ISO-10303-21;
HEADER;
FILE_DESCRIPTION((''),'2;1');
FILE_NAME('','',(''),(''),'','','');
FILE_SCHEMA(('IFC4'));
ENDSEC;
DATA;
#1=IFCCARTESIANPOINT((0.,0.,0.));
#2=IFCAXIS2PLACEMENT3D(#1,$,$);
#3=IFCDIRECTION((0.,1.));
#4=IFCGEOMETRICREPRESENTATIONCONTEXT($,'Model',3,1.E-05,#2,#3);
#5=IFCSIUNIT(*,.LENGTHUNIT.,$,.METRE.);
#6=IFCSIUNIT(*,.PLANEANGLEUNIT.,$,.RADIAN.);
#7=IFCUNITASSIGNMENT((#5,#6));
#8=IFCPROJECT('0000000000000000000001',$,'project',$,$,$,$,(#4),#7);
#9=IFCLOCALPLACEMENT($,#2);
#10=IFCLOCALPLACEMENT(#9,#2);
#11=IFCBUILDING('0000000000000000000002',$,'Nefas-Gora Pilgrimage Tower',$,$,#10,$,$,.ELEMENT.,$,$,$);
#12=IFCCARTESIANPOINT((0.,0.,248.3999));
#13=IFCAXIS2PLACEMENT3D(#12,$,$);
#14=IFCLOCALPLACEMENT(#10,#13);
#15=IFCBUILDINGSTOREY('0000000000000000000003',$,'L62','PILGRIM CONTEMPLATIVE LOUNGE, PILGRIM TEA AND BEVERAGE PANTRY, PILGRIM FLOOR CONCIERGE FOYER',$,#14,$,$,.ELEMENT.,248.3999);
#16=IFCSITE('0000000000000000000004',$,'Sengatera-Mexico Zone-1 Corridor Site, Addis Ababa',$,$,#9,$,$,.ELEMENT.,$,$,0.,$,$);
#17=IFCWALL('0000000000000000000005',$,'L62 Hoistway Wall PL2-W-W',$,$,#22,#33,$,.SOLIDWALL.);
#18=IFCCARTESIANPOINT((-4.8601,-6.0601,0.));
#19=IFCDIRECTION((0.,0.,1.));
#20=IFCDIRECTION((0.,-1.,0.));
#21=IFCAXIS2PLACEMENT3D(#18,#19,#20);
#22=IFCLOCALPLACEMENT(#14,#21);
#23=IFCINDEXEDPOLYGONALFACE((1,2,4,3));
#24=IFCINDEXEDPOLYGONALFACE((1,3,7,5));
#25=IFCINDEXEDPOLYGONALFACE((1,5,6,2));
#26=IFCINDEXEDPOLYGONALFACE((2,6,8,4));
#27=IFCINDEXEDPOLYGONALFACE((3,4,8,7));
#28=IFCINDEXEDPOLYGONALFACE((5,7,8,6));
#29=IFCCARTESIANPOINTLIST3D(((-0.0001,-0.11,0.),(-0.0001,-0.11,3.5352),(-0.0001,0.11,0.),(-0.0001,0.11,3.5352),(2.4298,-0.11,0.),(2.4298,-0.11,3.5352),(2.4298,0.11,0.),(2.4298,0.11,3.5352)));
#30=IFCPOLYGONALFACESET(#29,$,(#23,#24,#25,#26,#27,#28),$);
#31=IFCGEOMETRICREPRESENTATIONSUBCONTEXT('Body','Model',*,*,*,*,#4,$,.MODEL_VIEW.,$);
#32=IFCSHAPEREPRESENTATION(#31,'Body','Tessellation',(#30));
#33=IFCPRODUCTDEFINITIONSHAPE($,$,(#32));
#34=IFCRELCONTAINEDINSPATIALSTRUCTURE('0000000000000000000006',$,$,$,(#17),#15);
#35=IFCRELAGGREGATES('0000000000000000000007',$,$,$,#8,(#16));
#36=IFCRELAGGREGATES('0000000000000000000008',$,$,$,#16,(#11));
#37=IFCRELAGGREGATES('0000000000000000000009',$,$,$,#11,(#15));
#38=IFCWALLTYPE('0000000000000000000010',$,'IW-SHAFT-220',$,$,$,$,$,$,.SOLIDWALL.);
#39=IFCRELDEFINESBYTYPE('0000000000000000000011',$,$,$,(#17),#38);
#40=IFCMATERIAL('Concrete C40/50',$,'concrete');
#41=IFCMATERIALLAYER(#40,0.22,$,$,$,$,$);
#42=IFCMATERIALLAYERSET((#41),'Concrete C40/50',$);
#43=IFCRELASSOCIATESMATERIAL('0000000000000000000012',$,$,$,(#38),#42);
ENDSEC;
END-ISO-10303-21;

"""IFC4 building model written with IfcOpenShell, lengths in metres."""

from ifc_helpers import new_model, si_unit, direction, frame, frame_2d, origin, place, context, subcontext, project, spatial, rectangle, extrude, source, transform, mapped, material, layer, layer_set, type_object, element, save


model = new_model("IFC4")

# Units and contexts
model_context = context("Model", 3, precision=1e-05, world=origin(), true_north=direction((0.0, 1.0)))
body_context = subcontext(model_context, "Body", "Model", "MODEL_VIEW")
ifc_project = project(units=[si_unit("LENGTHUNIT", "METRE"), si_unit("PLANEANGLEUNIT", "RADIAN")], contexts=[model_context])

# Site, building, storey
site_placement = place(None, origin())
site = spatial("IfcSite", under=ifc_project, at=site_placement, Name="Sengatera-Mexico Zone-1 Corridor Site, Addis Ababa", CompositionType="ELEMENT", RefElevation=0.0)
building_placement = place(site_placement, origin())
building = spatial("IfcBuilding", under=site, at=building_placement, Name="Nefas-Gora Pilgrimage Tower", CompositionType="ELEMENT")
storey_placement = place(building_placement, frame((0.0, 0.0, 248.3999)))
storey = spatial("IfcBuildingStorey", under=building, at=storey_placement, Name="L62", Description="PILGRIM CONTEMPLATIVE LOUNGE, PILGRIM TEA AND BEVERAGE PANTRY, PILGRIM FLOOR CONCIERGE FOYER", CompositionType="ELEMENT", Elevation=248.3999)

# Shared definitions
ifc_material_1 = material(Name="Concrete C40/50", Category="concrete")
ifc_layer_1 = layer(ifc_material_1, 0.22)
ifc_layer_set_1 = layer_set([ifc_layer_1], Name="Concrete C40/50")
wall_type_1 = type_object("IfcWallType", Name="IW-SHAFT-220", PredefinedType="SOLIDWALL", material=ifc_layer_set_1)

# Wall
shared_shape_1 = source(origin(), body_context, "Body", "SweptSolid", [
    extrude(rectangle(XDim=2.4299, YDim=0.22, at=frame_2d((1.2148, 0.0))), origin(), (0.0, 0.0, 1.0), 3.5352),
])
for number, where, z_axis, x_axis, name in (
    (1, (-4.8601, -6.0601, 0.0), (0.0, 0.0, 1.0), (0.0, -1.0, 0.0), "L62 Hoistway Wall PL2-W-W"),
):
    element("IfcWall", number, at=place(storey_placement, frame(where, z_axis=z_axis, x_axis=x_axis)), inside=storey, type_object=wall_type_1, Name=name, PredefinedType="SOLIDWALL", context=body_context, shape_type="MappedRepresentation", body=[
        mapped(shared_shape_1, transform((0.0, 0.0, 0.0), x_axis=(1.0, 0.0, 0.0), y_axis=(0.0, 1.0, 0.0), z_axis=(0.0, 0.0, 1.0), scale=1.0)),
    ])

save(model, "model.ifc")
